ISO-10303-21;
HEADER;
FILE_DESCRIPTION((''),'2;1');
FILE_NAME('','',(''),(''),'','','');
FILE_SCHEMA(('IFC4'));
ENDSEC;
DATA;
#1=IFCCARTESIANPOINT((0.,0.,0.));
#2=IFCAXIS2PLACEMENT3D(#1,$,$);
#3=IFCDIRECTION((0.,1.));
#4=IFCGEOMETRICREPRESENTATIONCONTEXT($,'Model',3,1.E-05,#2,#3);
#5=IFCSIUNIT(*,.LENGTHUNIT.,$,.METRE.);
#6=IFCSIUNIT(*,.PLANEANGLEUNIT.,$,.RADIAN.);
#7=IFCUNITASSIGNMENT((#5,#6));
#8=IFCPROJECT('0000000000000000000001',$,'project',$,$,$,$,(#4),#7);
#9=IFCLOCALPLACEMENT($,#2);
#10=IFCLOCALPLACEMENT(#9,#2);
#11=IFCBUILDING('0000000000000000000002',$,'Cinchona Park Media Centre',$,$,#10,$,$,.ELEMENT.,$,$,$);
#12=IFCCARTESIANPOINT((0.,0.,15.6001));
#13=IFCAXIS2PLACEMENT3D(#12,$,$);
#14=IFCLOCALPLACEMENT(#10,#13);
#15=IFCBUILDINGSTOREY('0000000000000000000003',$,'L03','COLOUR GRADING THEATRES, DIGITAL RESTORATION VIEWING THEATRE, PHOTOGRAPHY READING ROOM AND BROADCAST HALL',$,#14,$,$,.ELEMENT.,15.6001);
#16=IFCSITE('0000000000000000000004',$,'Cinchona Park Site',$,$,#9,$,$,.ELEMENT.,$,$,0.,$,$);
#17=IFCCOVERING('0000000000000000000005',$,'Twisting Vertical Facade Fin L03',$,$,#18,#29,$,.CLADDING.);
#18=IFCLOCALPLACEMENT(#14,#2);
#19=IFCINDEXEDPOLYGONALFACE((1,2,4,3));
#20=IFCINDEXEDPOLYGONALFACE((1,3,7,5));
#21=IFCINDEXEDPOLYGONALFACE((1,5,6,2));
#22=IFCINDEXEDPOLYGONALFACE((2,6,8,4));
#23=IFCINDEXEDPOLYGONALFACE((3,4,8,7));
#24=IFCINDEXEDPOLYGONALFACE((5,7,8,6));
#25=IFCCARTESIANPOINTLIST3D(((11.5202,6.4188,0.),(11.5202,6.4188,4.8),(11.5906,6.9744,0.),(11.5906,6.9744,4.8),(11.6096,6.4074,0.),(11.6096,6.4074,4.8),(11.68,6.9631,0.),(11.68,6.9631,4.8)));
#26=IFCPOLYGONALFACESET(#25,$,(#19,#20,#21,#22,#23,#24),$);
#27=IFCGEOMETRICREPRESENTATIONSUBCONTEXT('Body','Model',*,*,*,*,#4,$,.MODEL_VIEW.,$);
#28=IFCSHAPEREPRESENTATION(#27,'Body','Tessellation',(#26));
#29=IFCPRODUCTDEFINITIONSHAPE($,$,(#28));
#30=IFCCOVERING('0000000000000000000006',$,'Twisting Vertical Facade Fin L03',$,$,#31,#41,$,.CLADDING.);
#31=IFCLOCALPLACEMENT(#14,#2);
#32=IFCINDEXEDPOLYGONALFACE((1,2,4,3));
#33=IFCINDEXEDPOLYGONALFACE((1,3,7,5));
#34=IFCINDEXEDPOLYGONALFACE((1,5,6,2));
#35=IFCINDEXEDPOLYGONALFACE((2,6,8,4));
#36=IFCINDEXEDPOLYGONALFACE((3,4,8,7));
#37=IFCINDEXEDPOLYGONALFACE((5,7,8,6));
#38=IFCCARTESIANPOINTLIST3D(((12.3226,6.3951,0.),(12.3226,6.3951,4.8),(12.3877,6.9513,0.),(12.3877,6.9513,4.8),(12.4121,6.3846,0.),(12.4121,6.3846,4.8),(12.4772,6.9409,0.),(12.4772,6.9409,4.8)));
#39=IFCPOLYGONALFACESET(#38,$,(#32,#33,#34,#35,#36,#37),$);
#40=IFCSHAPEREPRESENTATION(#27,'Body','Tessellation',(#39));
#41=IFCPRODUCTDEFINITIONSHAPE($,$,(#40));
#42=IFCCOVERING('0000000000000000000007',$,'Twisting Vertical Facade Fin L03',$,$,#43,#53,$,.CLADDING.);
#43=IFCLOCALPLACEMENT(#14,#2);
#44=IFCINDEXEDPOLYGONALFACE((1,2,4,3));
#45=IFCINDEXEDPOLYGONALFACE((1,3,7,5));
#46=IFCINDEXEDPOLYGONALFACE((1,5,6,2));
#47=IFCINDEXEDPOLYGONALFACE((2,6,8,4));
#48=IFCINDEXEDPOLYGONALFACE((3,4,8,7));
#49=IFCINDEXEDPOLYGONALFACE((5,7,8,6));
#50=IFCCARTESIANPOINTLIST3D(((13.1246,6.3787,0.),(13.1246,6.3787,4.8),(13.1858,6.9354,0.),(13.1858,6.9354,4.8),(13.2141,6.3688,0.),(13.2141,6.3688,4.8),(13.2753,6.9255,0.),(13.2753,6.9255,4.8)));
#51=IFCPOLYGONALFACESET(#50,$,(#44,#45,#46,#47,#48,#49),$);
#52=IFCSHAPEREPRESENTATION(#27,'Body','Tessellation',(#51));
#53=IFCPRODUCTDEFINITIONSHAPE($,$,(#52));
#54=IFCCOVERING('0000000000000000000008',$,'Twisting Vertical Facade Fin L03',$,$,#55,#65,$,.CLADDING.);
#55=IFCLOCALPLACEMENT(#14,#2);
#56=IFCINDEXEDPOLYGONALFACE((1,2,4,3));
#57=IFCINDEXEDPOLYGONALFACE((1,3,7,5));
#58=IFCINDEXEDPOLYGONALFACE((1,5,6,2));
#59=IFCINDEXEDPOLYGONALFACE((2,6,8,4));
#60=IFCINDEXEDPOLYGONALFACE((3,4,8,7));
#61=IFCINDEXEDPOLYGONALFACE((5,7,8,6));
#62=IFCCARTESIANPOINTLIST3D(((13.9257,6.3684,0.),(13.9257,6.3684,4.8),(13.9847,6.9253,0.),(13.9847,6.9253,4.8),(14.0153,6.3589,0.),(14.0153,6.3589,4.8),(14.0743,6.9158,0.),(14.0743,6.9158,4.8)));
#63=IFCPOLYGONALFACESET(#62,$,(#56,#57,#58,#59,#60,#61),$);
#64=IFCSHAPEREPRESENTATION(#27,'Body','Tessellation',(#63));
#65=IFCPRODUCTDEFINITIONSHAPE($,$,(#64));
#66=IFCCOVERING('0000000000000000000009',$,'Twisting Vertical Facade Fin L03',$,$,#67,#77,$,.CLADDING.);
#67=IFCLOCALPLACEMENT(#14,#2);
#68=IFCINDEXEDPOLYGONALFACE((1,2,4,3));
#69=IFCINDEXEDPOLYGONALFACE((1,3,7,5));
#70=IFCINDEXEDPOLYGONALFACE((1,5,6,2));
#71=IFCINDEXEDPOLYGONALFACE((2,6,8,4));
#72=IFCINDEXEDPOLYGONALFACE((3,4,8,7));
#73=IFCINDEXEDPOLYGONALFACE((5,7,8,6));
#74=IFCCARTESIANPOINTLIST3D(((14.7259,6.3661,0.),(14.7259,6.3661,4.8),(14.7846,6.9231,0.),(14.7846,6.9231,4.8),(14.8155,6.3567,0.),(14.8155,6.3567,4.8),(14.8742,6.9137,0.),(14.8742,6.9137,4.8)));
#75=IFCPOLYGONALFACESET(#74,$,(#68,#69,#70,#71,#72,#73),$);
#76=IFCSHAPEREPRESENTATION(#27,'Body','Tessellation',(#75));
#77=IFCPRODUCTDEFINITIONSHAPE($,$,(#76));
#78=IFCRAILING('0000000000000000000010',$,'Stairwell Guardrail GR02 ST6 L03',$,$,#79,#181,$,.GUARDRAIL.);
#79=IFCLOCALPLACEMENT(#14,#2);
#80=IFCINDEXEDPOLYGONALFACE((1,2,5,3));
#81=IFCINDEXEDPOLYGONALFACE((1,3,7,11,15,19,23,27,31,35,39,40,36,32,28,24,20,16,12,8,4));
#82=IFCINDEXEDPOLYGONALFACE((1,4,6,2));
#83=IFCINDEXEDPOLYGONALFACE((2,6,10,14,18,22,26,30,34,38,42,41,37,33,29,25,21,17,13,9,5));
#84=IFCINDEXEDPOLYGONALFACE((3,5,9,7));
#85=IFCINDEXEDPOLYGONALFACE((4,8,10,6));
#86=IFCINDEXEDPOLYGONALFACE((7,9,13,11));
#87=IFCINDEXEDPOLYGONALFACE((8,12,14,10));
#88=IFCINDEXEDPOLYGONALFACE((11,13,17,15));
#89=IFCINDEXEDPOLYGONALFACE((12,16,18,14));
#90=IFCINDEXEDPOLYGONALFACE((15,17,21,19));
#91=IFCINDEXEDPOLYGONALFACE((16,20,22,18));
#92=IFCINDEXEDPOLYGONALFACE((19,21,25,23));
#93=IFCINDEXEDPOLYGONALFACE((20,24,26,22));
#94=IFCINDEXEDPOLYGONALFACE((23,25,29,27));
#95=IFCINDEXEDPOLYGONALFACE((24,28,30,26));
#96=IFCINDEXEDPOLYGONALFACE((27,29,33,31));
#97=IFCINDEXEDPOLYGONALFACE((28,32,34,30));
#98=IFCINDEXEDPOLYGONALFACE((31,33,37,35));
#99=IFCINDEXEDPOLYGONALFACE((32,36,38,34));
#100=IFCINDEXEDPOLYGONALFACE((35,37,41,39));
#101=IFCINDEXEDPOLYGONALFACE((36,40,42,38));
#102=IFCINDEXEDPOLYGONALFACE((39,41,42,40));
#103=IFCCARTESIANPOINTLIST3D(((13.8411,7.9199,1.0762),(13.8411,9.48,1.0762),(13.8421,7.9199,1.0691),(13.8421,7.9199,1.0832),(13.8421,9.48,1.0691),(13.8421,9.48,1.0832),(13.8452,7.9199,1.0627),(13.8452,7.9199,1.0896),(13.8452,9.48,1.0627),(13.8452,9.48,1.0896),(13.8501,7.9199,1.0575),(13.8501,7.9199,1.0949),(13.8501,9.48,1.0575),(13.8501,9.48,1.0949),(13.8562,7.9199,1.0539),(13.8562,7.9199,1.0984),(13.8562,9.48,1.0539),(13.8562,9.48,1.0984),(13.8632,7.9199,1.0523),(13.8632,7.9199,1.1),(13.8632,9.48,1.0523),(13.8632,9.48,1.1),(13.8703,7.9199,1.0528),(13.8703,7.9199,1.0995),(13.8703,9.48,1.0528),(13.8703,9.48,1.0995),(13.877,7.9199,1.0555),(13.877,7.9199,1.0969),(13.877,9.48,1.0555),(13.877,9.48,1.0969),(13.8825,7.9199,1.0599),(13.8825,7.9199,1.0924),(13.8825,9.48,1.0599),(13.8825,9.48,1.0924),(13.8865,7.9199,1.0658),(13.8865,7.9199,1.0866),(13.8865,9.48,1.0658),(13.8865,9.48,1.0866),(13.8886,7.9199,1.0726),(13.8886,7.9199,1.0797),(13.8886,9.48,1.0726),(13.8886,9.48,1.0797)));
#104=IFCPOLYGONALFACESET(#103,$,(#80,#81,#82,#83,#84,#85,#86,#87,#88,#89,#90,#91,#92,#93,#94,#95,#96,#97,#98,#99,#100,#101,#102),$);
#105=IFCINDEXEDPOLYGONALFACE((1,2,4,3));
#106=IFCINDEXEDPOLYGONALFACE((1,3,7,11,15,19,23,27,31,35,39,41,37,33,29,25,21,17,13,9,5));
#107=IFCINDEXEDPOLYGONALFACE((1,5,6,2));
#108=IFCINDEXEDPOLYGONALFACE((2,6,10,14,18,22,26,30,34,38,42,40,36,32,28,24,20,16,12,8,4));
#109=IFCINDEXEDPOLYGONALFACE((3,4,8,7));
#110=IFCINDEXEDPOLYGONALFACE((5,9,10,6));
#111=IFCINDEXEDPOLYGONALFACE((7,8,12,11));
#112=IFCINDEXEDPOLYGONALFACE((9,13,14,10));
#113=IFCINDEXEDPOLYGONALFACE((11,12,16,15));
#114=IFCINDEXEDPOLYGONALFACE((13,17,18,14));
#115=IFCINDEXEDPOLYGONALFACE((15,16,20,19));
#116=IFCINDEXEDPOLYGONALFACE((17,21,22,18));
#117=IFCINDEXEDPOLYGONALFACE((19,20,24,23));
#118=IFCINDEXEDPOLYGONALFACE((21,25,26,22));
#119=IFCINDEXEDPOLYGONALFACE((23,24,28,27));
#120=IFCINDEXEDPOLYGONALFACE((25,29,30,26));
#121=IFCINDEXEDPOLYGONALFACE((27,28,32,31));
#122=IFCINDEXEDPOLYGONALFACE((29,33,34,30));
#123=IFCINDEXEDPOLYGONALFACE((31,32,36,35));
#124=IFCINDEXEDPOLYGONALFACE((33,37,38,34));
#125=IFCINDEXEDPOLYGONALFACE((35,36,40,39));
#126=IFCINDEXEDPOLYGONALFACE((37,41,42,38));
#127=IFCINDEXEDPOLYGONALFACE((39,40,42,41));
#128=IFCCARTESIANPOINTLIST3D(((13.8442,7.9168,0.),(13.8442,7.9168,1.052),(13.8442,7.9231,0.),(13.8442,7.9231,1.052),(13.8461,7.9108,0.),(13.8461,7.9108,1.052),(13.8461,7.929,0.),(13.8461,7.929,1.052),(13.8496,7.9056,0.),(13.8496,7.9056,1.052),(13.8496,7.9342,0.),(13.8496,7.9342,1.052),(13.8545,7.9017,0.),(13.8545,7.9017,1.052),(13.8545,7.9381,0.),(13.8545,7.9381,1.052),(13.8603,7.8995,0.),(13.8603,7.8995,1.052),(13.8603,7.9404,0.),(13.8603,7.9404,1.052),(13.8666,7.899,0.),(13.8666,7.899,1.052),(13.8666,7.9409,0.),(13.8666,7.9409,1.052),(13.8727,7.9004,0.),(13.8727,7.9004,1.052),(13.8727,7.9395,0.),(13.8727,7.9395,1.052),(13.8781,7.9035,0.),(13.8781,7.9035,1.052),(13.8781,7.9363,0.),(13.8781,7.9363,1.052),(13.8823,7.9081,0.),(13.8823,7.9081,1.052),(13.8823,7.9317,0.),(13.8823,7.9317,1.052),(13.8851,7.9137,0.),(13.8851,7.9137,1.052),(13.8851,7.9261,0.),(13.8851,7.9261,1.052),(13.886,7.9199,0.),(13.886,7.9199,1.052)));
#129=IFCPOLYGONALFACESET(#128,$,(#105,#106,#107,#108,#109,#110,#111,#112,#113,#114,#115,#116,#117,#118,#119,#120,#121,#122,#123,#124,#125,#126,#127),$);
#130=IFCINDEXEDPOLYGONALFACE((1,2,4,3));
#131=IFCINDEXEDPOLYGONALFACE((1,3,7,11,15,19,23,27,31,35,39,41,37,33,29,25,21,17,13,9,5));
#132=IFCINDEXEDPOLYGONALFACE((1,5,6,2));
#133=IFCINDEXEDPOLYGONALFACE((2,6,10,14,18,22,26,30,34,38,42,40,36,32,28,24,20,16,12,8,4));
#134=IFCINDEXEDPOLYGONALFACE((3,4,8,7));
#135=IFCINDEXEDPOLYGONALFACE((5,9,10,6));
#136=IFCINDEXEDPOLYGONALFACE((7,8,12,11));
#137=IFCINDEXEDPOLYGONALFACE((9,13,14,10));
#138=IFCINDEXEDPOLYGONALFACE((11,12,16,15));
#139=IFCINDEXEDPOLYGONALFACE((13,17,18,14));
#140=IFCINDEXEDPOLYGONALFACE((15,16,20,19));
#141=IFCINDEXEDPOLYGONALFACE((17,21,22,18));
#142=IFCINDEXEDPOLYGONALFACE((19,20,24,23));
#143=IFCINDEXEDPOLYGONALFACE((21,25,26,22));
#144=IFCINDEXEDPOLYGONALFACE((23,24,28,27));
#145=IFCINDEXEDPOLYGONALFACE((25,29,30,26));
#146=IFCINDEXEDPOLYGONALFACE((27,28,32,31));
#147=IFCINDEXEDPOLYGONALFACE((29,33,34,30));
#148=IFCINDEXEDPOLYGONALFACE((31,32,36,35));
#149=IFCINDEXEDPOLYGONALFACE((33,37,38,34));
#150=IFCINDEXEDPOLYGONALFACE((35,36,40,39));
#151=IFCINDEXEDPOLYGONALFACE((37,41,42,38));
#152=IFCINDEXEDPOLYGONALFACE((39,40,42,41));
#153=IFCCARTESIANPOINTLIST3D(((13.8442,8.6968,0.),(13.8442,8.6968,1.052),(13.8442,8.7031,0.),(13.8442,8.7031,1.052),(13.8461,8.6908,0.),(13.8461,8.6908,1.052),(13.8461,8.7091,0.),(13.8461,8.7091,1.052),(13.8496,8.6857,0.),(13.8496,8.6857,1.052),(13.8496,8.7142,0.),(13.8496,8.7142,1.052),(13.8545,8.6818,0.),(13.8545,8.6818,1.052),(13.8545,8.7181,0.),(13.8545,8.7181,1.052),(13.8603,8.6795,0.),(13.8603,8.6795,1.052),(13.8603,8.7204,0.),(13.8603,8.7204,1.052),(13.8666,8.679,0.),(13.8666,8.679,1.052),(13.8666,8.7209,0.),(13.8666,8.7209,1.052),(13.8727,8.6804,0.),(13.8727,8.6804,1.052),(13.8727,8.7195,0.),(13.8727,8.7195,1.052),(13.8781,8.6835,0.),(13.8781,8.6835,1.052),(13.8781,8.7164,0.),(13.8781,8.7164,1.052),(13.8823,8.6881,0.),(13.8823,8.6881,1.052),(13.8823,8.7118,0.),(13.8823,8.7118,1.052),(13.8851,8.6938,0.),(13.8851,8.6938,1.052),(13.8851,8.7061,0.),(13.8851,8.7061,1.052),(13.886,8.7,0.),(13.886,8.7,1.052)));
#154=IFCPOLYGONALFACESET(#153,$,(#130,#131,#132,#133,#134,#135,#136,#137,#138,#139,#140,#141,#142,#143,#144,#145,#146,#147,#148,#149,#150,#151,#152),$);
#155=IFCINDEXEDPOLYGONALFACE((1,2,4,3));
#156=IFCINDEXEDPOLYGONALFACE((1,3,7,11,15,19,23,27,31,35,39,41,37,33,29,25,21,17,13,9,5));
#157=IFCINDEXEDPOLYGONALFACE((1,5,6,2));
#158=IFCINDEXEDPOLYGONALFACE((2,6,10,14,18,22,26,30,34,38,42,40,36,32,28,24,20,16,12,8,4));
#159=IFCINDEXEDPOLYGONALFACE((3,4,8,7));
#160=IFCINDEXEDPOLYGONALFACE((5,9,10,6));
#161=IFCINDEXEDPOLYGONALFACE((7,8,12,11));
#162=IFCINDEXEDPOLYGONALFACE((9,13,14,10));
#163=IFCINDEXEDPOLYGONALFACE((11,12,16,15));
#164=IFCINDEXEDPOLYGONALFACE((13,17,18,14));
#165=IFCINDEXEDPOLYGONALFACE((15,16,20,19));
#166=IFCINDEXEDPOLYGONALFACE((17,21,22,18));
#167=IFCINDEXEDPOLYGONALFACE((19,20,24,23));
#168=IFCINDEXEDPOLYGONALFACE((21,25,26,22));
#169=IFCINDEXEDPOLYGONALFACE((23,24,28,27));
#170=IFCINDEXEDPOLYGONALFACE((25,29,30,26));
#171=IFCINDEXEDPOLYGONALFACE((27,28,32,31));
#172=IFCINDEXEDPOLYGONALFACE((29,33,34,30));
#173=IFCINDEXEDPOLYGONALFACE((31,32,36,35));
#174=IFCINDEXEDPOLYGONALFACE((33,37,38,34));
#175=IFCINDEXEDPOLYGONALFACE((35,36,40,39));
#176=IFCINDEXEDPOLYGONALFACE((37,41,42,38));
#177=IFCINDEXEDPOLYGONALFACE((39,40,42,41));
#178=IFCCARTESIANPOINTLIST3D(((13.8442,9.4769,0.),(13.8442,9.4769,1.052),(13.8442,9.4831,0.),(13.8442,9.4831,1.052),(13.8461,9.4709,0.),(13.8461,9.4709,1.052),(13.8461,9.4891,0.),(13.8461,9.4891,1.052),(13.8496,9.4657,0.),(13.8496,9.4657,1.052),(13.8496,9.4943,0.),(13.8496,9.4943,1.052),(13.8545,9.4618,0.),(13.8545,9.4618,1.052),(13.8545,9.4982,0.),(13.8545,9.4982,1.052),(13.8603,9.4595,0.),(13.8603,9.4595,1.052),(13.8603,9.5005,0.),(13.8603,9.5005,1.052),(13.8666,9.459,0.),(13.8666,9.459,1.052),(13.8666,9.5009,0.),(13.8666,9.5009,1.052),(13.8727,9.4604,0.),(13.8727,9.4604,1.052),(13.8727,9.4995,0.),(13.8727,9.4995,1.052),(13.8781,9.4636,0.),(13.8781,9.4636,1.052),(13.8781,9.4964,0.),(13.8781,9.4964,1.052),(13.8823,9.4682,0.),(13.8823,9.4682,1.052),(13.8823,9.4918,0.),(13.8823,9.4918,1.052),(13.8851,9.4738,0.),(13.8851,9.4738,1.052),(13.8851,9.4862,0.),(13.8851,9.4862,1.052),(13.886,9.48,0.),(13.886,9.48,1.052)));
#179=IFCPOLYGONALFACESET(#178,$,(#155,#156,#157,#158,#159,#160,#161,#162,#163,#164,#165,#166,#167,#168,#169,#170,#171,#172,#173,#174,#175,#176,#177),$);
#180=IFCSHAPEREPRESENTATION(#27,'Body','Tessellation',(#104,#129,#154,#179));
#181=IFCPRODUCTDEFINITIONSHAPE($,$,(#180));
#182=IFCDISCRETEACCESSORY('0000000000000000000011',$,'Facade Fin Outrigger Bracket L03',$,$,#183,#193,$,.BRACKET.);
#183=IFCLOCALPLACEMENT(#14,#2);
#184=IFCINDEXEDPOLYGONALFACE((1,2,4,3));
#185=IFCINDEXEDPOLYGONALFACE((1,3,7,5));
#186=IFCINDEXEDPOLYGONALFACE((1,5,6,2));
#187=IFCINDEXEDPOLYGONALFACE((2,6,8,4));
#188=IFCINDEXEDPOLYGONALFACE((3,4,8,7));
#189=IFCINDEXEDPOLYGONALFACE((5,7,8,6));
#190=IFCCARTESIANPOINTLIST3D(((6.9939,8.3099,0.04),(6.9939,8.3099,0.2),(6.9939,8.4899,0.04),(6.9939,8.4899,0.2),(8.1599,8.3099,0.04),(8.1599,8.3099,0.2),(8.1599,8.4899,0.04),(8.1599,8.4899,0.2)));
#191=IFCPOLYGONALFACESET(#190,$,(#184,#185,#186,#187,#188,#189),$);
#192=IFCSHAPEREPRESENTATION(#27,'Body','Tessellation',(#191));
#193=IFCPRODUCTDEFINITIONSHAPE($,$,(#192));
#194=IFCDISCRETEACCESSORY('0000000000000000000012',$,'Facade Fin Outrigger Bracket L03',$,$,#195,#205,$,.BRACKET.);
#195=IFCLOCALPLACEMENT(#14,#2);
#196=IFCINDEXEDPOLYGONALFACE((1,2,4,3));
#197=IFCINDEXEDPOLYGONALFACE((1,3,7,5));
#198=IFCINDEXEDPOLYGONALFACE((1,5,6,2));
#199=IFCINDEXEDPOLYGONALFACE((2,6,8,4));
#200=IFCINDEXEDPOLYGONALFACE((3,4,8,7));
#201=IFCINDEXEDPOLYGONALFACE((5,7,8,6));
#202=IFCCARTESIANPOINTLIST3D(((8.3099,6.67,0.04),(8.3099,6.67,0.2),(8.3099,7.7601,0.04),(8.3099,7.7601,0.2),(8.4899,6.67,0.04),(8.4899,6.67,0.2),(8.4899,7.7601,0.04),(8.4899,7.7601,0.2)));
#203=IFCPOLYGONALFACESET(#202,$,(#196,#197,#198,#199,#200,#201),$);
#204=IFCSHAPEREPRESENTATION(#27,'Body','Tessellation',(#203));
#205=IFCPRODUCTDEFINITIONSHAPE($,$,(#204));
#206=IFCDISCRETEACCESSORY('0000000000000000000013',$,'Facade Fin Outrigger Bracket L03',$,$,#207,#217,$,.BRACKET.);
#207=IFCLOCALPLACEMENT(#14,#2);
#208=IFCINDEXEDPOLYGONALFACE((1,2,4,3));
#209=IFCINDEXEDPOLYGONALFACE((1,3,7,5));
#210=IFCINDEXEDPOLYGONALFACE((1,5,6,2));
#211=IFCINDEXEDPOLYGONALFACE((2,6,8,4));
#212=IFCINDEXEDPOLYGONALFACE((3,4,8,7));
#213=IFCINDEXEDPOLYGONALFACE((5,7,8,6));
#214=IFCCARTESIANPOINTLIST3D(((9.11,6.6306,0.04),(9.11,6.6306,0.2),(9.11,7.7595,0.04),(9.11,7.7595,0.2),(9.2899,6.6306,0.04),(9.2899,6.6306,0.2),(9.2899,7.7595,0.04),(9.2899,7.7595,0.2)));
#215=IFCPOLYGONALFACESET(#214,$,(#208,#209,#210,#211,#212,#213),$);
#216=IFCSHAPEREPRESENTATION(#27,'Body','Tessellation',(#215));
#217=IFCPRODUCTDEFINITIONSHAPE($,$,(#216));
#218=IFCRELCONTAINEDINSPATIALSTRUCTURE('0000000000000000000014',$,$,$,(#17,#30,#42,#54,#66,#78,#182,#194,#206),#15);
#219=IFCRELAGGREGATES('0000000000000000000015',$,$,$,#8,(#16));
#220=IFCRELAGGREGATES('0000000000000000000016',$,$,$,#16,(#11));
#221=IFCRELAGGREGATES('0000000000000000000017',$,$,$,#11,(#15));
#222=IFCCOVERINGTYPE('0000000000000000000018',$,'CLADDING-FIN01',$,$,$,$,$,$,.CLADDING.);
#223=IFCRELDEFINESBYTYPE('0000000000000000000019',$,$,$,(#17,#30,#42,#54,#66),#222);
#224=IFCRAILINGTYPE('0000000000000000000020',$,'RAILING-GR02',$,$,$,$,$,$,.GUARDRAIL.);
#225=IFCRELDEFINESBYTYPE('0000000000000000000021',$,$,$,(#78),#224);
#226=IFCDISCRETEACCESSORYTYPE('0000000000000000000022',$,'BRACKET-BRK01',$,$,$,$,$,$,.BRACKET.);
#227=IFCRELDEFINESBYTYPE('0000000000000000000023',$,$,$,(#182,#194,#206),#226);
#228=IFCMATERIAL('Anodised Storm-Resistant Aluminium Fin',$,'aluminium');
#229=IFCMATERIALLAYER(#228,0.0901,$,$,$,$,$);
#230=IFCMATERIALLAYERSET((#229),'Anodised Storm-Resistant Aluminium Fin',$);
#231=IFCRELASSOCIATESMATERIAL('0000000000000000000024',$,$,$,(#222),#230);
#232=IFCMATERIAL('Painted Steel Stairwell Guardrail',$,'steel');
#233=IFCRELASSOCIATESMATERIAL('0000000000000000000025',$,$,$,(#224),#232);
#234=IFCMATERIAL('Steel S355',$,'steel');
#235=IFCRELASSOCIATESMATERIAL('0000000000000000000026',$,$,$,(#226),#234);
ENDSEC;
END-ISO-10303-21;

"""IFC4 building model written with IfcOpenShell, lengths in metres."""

from ifc_helpers import new_model, si_unit, direction, frame, origin, origin_2d, place, context, subcontext, project, spatial, rectangle, circle, extrude, material, layer, layer_set, type_object, element, save


model = new_model("IFC4")

# Units and contexts
model_context = context("Model", 3, precision=1e-05, world=origin(), true_north=direction((0.0, 1.0)))
body_context = subcontext(model_context, "Body", "Model", "MODEL_VIEW")
ifc_project = project(units=[si_unit("LENGTHUNIT", "METRE"), si_unit("PLANEANGLEUNIT", "RADIAN")], contexts=[model_context])

# Site, building, storey
site_placement = place(None, origin())
site = spatial("IfcSite", under=ifc_project, at=site_placement, Name="Cinchona Park Site", CompositionType="ELEMENT", RefElevation=0.0)
building_placement = place(site_placement, origin())
building = spatial("IfcBuilding", under=site, at=building_placement, Name="Cinchona Park Media Centre", CompositionType="ELEMENT")
storey_placement = place(building_placement, frame((0.0, 0.0, 15.6001)))
storey = spatial("IfcBuildingStorey", under=building, at=storey_placement, Name="L03", Description="COLOUR GRADING THEATRES, DIGITAL RESTORATION VIEWING THEATRE, PHOTOGRAPHY READING ROOM AND BROADCAST HALL", CompositionType="ELEMENT", Elevation=15.6001)

# Coverings
ifc_material_1 = material(Name="Anodised Storm-Resistant Aluminium Fin", Category="aluminium")
ifc_layer_1 = layer(ifc_material_1, 0.0901)
ifc_layer_set_1 = layer_set([ifc_layer_1], Name="Anodised Storm-Resistant Aluminium Fin")
covering_type = type_object("IfcCoveringType", Name="CLADDING-FIN01", PredefinedType="CLADDING", material=ifc_layer_set_1)
for number, where, z_axis, x_axis, name in (
    (1, (11.6001, 6.6909, 0.0), (0.0, 0.0, 1.0), (0.12568, 0.992071, 0.0), "Twisting Vertical Facade Fin L03"),
    (2, (12.3999, 6.668, 0.0), (0.0, 0.0, 1.0), (0.116151, 0.993232, 0.0), "Twisting Vertical Facade Fin L03"),
    (3, (13.2, 6.6521, 0.0), (0.0, 0.0, 1.0), (0.109214, 0.994018, 0.0), "Twisting Vertical Facade Fin L03"),
    (4, (14.0, 6.6421, 0.0), (0.0, 0.0, 1.0), (0.105396, 0.99443, 0.0), "Twisting Vertical Facade Fin L03"),
    (5, (14.8, 6.6399, 0.0), (0.0, 0.0, 1.0), (0.104702, 0.994504, 0.0), "Twisting Vertical Facade Fin L03"),
):
    element("IfcCovering", number, at=place(storey_placement, frame(where, z_axis=z_axis, x_axis=x_axis)), inside=storey, type_object=covering_type, Name=name, PredefinedType="CLADDING", context=body_context, shape_type="SweptSolid", body=[
        extrude(rectangle(XDim=0.5601, YDim=0.0901, at=origin_2d()), origin(), (0.0, 0.0, 1.0), 4.8),
    ])

# Railing
ifc_material_2 = material(Name="Painted Steel Stairwell Guardrail", Category="steel")
railing_type = type_object("IfcRailingType", Name="RAILING-GR02", PredefinedType="GUARDRAIL", material=ifc_material_2)
railing_placement = place(storey_placement, frame((13.865, 7.9199, 0.0)))
element("IfcRailing", 6, at=railing_placement, inside=storey, type_object=railing_type, Name="Stairwell Guardrail GR02 ST6 L03", PredefinedType="GUARDRAIL", context=body_context, shape_type="SweptSolid", body=[
    extrude(circle(Radius=0.0239, at=origin_2d()), frame((0.0, 0.0, 1.0762), z_axis=(0.0, 1.0, 0.0), x_axis=(-1.0, 0.0, 0.0)), (0.0, 0.0, 1.0), 1.5601),
    extrude(circle(Radius=0.021, at=origin_2d()), origin(), (0.0, 0.0, 1.0), 1.052),
    extrude(circle(Radius=0.021, at=origin_2d()), frame((0.0, 0.78, 0.0)), (0.0, 0.0, 1.0), 1.052),
    extrude(circle(Radius=0.021, at=origin_2d()), frame((0.0, 1.5601, 0.0)), (0.0, 0.0, 1.0), 1.052),
])

# Discrete accessories
ifc_material_3 = material(Name="Steel S355", Category="steel")
discrete_accessory_type = type_object("IfcDiscreteAccessoryType", Name="BRACKET-BRK01", PredefinedType="BRACKET", material=ifc_material_3)
discrete_accessory_1_placement = place(storey_placement, frame((7.5769, 8.3999, 0.04), z_axis=(0.0, 0.0, 1.0), x_axis=(0.0, -1.0, 0.0)))
element("IfcDiscreteAccessory", 7, at=discrete_accessory_1_placement, inside=storey, type_object=discrete_accessory_type, Name="Facade Fin Outrigger Bracket L03", PredefinedType="BRACKET", context=body_context, shape_type="SweptSolid", body=[
    extrude(rectangle(XDim=0.1799, YDim=1.166, at=origin_2d()), origin(), (0.0, 0.0, 1.0), 0.1599),
])
discrete_accessory_2_placement = place(storey_placement, frame((8.3999, 7.2151, 0.04), z_axis=(0.0, 0.0, 1.0), x_axis=(1.0, 0.0, 0.0)))
element("IfcDiscreteAccessory", 8, at=discrete_accessory_2_placement, inside=storey, type_object=discrete_accessory_type, Name="Facade Fin Outrigger Bracket L03", PredefinedType="BRACKET", context=body_context, shape_type="SweptSolid", body=[
    extrude(rectangle(XDim=0.1799, YDim=1.0901, at=origin_2d()), origin(), (0.0, 0.0, 1.0), 0.1599),
])
discrete_accessory_3_placement = place(storey_placement, frame((9.2, 7.1951, 0.04), z_axis=(0.0, 0.0, 1.0), x_axis=(1.0, 0.0, 0.0)))
element("IfcDiscreteAccessory", 9, at=discrete_accessory_3_placement, inside=storey, type_object=discrete_accessory_type, Name="Facade Fin Outrigger Bracket L03", PredefinedType="BRACKET", context=body_context, shape_type="SweptSolid", body=[
    extrude(rectangle(XDim=0.1799, YDim=1.1289, at=origin_2d()), origin(), (0.0, 0.0, 1.0), 0.1599),
])

save(model, "model.ifc")
